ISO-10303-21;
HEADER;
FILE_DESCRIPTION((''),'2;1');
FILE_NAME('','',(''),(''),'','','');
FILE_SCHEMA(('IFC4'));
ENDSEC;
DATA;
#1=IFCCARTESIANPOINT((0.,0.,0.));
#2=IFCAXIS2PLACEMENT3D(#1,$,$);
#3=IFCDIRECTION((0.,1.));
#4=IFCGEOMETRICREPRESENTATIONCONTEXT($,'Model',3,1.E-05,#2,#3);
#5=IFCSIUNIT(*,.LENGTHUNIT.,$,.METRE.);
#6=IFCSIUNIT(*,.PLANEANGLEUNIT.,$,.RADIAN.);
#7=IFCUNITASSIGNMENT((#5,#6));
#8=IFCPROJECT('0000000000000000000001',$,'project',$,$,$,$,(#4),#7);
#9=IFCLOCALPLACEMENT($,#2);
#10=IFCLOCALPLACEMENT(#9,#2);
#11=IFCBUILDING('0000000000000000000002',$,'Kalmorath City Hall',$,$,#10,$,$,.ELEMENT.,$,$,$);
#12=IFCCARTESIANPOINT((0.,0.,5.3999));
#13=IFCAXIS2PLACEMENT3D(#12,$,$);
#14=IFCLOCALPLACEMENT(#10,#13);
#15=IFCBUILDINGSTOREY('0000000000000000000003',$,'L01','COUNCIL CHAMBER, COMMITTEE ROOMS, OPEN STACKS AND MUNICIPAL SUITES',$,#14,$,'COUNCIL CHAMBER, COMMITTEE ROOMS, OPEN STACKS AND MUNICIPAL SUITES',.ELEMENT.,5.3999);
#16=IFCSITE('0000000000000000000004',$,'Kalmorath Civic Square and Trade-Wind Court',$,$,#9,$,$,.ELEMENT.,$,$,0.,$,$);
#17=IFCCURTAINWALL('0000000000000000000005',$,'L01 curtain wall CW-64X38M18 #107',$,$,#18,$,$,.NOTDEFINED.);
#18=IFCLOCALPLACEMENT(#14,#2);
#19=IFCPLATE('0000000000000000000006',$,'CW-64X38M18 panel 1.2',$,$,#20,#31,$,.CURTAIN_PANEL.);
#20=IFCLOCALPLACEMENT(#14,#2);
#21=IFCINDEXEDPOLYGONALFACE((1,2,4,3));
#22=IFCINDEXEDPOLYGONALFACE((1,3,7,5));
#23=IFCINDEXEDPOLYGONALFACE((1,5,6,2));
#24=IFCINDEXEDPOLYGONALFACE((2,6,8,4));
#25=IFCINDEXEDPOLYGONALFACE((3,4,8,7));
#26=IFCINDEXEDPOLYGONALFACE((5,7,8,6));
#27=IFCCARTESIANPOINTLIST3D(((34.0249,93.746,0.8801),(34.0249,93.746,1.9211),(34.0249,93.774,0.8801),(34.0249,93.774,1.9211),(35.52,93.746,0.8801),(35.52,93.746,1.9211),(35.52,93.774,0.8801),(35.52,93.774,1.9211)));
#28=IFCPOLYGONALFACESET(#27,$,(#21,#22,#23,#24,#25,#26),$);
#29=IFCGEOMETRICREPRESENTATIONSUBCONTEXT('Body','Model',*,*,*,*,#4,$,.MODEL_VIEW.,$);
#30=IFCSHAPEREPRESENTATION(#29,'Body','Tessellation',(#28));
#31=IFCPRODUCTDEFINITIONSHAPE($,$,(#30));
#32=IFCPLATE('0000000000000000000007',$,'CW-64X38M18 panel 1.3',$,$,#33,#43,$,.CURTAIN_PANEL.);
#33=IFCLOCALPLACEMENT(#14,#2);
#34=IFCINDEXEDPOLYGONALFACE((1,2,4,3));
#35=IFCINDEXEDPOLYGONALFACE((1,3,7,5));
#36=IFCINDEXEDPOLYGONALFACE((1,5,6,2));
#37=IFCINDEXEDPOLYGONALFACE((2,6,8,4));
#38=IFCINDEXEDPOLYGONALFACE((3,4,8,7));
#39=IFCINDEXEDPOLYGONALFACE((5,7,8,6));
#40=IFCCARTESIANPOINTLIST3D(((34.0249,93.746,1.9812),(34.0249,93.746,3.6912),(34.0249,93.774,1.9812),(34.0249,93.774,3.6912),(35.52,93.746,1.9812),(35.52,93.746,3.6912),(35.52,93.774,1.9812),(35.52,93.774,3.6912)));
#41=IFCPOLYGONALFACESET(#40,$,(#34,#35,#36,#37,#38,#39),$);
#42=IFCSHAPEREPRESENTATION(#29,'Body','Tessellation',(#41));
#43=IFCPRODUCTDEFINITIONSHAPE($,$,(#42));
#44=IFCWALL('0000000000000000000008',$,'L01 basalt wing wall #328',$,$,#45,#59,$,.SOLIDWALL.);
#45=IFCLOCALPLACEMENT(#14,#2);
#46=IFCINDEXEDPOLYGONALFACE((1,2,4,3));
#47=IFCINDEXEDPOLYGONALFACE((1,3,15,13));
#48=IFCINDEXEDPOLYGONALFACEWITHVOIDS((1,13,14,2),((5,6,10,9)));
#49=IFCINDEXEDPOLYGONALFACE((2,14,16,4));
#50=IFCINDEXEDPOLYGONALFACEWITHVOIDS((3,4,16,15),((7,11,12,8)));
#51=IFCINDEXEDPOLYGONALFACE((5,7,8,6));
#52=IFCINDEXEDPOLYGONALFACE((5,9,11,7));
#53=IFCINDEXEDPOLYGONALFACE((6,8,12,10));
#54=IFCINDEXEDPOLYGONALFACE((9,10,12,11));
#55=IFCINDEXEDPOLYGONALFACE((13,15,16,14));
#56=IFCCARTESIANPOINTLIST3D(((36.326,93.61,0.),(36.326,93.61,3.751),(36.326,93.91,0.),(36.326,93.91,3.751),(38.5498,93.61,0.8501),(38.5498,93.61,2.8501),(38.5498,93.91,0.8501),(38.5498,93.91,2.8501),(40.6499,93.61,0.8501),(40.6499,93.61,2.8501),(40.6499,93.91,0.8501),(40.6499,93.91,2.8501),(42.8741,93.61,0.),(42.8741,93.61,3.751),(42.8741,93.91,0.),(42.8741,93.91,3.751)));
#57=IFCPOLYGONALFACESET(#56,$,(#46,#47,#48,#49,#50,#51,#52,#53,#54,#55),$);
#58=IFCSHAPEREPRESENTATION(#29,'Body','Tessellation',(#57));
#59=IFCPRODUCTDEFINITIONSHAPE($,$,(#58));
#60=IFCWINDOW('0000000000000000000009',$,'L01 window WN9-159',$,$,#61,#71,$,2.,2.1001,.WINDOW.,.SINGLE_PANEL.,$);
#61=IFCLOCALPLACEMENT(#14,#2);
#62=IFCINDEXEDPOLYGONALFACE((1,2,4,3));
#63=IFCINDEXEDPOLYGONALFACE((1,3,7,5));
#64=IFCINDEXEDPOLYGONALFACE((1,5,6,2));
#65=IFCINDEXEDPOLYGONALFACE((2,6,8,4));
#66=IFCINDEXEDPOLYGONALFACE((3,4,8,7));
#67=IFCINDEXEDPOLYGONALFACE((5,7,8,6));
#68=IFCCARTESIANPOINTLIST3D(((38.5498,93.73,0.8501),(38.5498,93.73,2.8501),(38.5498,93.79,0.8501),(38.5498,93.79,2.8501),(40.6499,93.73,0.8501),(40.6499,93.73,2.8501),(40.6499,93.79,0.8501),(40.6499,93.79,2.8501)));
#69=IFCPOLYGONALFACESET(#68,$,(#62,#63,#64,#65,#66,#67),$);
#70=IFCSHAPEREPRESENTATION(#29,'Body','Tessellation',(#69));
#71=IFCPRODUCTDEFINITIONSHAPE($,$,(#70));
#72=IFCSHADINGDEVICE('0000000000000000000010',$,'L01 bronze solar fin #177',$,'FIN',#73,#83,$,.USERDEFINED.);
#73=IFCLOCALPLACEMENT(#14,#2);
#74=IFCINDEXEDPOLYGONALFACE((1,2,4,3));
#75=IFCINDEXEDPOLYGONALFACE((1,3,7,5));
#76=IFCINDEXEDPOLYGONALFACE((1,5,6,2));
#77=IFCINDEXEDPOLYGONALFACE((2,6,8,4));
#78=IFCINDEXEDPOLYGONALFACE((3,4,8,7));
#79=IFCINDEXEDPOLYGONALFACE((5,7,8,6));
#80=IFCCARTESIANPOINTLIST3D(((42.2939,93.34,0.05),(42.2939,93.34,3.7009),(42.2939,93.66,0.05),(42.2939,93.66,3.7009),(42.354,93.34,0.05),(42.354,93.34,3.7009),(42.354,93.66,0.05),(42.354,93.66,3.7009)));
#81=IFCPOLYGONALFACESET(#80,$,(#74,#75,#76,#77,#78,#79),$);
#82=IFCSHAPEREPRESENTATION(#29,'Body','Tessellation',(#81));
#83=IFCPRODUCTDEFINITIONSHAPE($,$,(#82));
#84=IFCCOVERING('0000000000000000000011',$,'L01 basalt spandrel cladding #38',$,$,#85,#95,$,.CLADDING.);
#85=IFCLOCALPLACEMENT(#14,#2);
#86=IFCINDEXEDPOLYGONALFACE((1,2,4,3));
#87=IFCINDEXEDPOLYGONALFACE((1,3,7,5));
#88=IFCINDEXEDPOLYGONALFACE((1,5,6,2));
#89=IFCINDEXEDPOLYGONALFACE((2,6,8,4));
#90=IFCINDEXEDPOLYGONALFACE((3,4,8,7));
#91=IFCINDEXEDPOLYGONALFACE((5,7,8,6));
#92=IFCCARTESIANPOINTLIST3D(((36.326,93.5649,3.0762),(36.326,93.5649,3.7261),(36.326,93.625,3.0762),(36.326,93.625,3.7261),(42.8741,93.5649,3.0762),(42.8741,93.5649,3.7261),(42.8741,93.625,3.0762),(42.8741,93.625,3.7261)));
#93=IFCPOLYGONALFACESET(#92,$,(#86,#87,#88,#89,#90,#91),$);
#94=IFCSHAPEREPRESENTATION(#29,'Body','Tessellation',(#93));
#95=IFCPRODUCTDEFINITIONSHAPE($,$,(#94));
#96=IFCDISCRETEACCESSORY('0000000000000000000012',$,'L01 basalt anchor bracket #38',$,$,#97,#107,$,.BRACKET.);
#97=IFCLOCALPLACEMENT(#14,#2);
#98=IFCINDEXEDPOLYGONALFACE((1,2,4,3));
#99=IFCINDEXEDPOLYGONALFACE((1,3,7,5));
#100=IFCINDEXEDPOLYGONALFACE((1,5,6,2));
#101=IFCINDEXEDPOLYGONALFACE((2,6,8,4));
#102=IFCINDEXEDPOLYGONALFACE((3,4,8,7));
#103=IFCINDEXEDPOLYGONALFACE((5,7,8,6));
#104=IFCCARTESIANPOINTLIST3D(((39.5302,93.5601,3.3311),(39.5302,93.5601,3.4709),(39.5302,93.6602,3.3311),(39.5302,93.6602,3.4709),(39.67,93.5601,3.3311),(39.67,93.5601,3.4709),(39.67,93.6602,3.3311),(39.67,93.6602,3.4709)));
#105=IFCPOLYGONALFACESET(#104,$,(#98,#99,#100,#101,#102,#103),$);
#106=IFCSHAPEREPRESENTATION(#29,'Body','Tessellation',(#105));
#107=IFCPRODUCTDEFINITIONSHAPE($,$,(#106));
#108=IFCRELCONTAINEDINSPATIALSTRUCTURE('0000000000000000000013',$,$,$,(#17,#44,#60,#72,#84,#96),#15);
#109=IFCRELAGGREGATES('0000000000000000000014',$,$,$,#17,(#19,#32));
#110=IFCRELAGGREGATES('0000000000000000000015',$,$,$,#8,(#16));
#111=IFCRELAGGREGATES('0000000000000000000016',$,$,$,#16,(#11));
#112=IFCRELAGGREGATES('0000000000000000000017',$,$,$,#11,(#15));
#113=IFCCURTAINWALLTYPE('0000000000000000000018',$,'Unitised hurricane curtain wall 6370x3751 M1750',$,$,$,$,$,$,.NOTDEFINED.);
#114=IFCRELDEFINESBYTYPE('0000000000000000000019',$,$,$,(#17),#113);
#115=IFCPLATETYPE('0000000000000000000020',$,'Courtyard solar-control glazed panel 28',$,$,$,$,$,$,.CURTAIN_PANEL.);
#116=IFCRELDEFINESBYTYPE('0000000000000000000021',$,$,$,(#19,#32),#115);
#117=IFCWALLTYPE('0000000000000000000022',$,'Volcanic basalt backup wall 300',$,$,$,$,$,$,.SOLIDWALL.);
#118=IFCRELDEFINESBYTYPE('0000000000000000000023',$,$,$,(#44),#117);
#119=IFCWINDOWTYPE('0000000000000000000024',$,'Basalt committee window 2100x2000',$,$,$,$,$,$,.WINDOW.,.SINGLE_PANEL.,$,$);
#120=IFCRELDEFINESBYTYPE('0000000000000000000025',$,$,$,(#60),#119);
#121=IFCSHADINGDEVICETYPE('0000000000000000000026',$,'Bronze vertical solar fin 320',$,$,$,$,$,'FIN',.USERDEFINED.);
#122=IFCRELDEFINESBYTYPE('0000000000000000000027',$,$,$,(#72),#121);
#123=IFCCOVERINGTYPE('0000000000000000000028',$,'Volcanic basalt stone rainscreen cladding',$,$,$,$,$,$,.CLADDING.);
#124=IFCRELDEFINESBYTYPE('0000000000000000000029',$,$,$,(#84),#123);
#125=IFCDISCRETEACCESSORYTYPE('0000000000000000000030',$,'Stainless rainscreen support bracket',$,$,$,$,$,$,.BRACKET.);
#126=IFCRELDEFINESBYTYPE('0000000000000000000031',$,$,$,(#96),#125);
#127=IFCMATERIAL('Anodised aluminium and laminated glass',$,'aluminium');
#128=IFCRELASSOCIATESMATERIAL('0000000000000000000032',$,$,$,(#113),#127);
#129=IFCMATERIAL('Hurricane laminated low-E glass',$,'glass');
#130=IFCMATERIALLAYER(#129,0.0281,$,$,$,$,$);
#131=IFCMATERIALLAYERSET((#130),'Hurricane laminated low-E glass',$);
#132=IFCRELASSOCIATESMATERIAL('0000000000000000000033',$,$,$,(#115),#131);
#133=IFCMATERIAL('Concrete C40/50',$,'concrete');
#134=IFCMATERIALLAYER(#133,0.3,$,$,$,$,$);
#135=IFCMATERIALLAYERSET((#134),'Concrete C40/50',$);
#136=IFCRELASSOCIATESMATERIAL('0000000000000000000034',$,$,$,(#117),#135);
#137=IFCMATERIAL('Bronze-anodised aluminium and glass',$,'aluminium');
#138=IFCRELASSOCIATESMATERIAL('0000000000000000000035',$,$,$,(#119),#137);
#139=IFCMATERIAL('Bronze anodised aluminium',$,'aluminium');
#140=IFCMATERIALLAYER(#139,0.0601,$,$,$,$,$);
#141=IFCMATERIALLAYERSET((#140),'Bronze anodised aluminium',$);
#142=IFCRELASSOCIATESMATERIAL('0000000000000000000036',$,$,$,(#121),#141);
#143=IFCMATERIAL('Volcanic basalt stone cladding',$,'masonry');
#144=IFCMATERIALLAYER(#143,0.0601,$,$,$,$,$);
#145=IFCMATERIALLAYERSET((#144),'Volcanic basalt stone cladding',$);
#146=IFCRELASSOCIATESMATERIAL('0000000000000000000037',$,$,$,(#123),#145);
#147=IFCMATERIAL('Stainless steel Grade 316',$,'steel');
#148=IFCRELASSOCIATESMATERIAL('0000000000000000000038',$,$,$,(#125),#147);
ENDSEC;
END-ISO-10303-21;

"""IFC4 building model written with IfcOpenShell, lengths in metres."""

from ifc_helpers import new_model, si_unit, direction, frame, frame_2d, origin, origin_2d, place, context, subcontext, project, spatial, rectangle, extrude, material, layer, layer_set, type_object, element, fill, aggregate, save


model = new_model("IFC4")

# Units and contexts
model_context = context("Model", 3, precision=1e-05, world=origin(), true_north=direction((0.0, 1.0)))
body_context = subcontext(model_context, "Body", "Model", "MODEL_VIEW")
ifc_project = project(units=[si_unit("LENGTHUNIT", "METRE"), si_unit("PLANEANGLEUNIT", "RADIAN")], contexts=[model_context])

# Site, building, storey
site_placement = place(None, origin())
site = spatial("IfcSite", under=ifc_project, at=site_placement, Name="Kalmorath Civic Square and Trade-Wind Court", CompositionType="ELEMENT", RefElevation=0.0)
building_placement = place(site_placement, origin())
building = spatial("IfcBuilding", under=site, at=building_placement, Name="Kalmorath City Hall", CompositionType="ELEMENT")
storey_placement = place(building_placement, frame((0.0, 0.0, 5.3999)))
storey = spatial("IfcBuildingStorey", under=building, at=storey_placement, Name="L01", Description="COUNCIL CHAMBER, COMMITTEE ROOMS, OPEN STACKS AND MUNICIPAL SUITES", LongName="COUNCIL CHAMBER, COMMITTEE ROOMS, OPEN STACKS AND MUNICIPAL SUITES", CompositionType="ELEMENT", Elevation=5.3999)

# Shared definitions
ifc_material_1 = material(Name="Anodised aluminium and laminated glass", Category="aluminium")
curtain_wall_type = type_object("IfcCurtainWallType", Name="Unitised hurricane curtain wall 6370x3751 M1750", PredefinedType="NOTDEFINED", material=ifc_material_1)

# Curtain wall
curtain_wall_1_placement = place(storey_placement, origin())
curtain_wall_1 = element("IfcCurtainWall", 1, at=curtain_wall_1_placement, inside=storey, type_object=curtain_wall_type, Name="L01 curtain wall CW-64X38M18 #107", PredefinedType="NOTDEFINED")

# Plates
ifc_material_2 = material(Name="Hurricane laminated low-E glass", Category="glass")
ifc_layer_1 = layer(ifc_material_2, 0.0281)
ifc_layer_set_1 = layer_set([ifc_layer_1], Name="Hurricane laminated low-E glass")
plate_type = type_object("IfcPlateType", Name="Courtyard solar-control glazed panel 28", PredefinedType="CURTAIN_PANEL", material=ifc_layer_set_1)
plate_1_placement = place(storey_placement, frame((34.7725, 93.76, 0.8801), z_axis=(0.0, 0.0, 1.0), x_axis=(-1.0, 0.0, 0.0)))
plate_1 = element("IfcPlate", 2, at=plate_1_placement, type_object=plate_type, Name="CW-64X38M18 panel 1.2", PredefinedType="CURTAIN_PANEL", context=body_context, shape_type="SweptSolid", body=[
    extrude(rectangle(XDim=1.4951, YDim=0.0281, at=origin_2d()), origin(), (0.0, 0.0, 1.0), 1.041),
])
plate_2_placement = place(storey_placement, frame((34.7725, 93.76, 1.9812), z_axis=(0.0, 0.0, 1.0), x_axis=(-1.0, 0.0, 0.0)))
plate_2 = element("IfcPlate", 3, at=plate_2_placement, type_object=plate_type, Name="CW-64X38M18 panel 1.3", PredefinedType="CURTAIN_PANEL", context=body_context, shape_type="SweptSolid", body=[
    extrude(rectangle(XDim=1.4951, YDim=0.0281, at=origin_2d()), origin(), (0.0, 0.0, 1.0), 1.71),
])
aggregate(curtain_wall_1, [plate_1, plate_2])

# Wall, opening, window
ifc_material_3 = material(Name="Concrete C40/50", Category="concrete")
ifc_layer_2 = layer(ifc_material_3, 0.3)
ifc_layer_set_2 = layer_set([ifc_layer_2], Name="Concrete C40/50")
wall_type = type_object("IfcWallType", Name="Volcanic basalt backup wall 300", PredefinedType="SOLIDWALL", material=ifc_layer_set_2)
wall_placement = place(storey_placement, frame((42.874, 93.76, 0.0), z_axis=(0.0, 0.0, 1.0), x_axis=(-1.0, 0.0, 0.0)))
wall = element("IfcWall", 4, at=wall_placement, inside=storey, type_object=wall_type, Name="L01 basalt wing wall #328", PredefinedType="SOLIDWALL", context=body_context, shape_type="SweptSolid", body=[
    extrude(rectangle(XDim=6.5481, YDim=0.3, at=frame_2d((3.2739, 0.0))), origin(), (0.0, 0.0, 1.0), 3.751),
])
opening_placement = place(wall_placement, frame((2.2241, 0.0, 0.8501)))
opening = element("IfcOpeningElement", 5, at=opening_placement, cuts=wall, PredefinedType="OPENING", context=body_context, shape_type="SweptSolid", body=[
    extrude(rectangle(XDim=2.1001, YDim=2.0, at=frame_2d((1.05, 1.0))), frame((0.0, 0.1599, 0.0), z_axis=(0.0, -1.0, 0.0), x_axis=(1.0, 0.0, 0.0)), (0.0, 0.0, 1.0), 0.3201),
])
ifc_material_4 = material(Name="Bronze-anodised aluminium and glass", Category="aluminium")
window_type = type_object("IfcWindowType", Name="Basalt committee window 2100x2000", PartitioningType="SINGLE_PANEL", PredefinedType="WINDOW", material=ifc_material_4)
window_placement = place(opening_placement, origin())
window = element("IfcWindow", 6, at=window_placement, inside=storey, type_object=window_type, Name="L01 window WN9-159", OverallHeight=2.0, OverallWidth=2.1001, PartitioningType="SINGLE_PANEL", PredefinedType="WINDOW", context=body_context, shape_type="SweptSolid", body=[
    extrude(rectangle(XDim=2.1001, YDim=2.0, at=frame_2d((1.05, 1.0))), frame((0.0, 0.03, 0.0), z_axis=(0.0, -1.0, 0.0), x_axis=(1.0, 0.0, 0.0)), (0.0, 0.0, 1.0), 0.0601),
])
fill(opening, window)

# Shading device
ifc_material_5 = material(Name="Bronze anodised aluminium", Category="aluminium")
ifc_layer_3 = layer(ifc_material_5, 0.0601)
ifc_layer_set_3 = layer_set([ifc_layer_3], Name="Bronze anodised aluminium")
shading_device_type = type_object("IfcShadingDeviceType", Name="Bronze vertical solar fin 320", ElementType="FIN", PredefinedType="USERDEFINED", material=ifc_layer_set_3)
shading_device_placement = place(storey_placement, frame((42.324, 93.5, 0.05), z_axis=(0.0, 0.0, 1.0), x_axis=(-1.0, 0.0, 0.0)))
element("IfcShadingDevice", 7, at=shading_device_placement, inside=storey, type_object=shading_device_type, Name="L01 bronze solar fin #177", ObjectType="FIN", PredefinedType="USERDEFINED", context=body_context, shape_type="SweptSolid", body=[
    extrude(rectangle(XDim=0.0601, YDim=0.3201, at=origin_2d()), origin(), (0.0, 0.0, 1.0), 3.6509),
])

# Covering
ifc_material_6 = material(Name="Volcanic basalt stone cladding", Category="masonry")
ifc_layer_4 = layer(ifc_material_6, 0.0601)
ifc_layer_set_4 = layer_set([ifc_layer_4], Name="Volcanic basalt stone cladding")
covering_type = type_object("IfcCoveringType", Name="Volcanic basalt stone rainscreen cladding", PredefinedType="CLADDING", material=ifc_layer_set_4)
covering_placement = place(storey_placement, frame((39.6001, 93.595, 3.0762), z_axis=(0.0, 0.0, 1.0), x_axis=(-1.0, 0.0, 0.0)))
element("IfcCovering", 8, at=covering_placement, inside=storey, type_object=covering_type, Name="L01 basalt spandrel cladding #38", PredefinedType="CLADDING", context=body_context, shape_type="SweptSolid", body=[
    extrude(rectangle(XDim=6.5481, YDim=0.0601, at=origin_2d()), origin(), (0.0, 0.0, 1.0), 0.6499),
])

# Discrete accessory
ifc_material_7 = material(Name="Stainless steel Grade 316", Category="steel")
discrete_accessory_type = type_object("IfcDiscreteAccessoryType", Name="Stainless rainscreen support bracket", PredefinedType="BRACKET", material=ifc_material_7)
discrete_accessory_placement = place(storey_placement, frame((39.6001, 93.6101, 3.3311), z_axis=(0.0, 0.0, 1.0), x_axis=(-1.0, 0.0, 0.0)))
element("IfcDiscreteAccessory", 9, at=discrete_accessory_placement, inside=storey, type_object=discrete_accessory_type, Name="L01 basalt anchor bracket #38", PredefinedType="BRACKET", context=body_context, shape_type="SweptSolid", body=[
    extrude(rectangle(XDim=0.1399, YDim=0.1001, at=origin_2d()), origin(), (0.0, 0.0, 1.0), 0.1399),
])

save(model, "model.ifc")
